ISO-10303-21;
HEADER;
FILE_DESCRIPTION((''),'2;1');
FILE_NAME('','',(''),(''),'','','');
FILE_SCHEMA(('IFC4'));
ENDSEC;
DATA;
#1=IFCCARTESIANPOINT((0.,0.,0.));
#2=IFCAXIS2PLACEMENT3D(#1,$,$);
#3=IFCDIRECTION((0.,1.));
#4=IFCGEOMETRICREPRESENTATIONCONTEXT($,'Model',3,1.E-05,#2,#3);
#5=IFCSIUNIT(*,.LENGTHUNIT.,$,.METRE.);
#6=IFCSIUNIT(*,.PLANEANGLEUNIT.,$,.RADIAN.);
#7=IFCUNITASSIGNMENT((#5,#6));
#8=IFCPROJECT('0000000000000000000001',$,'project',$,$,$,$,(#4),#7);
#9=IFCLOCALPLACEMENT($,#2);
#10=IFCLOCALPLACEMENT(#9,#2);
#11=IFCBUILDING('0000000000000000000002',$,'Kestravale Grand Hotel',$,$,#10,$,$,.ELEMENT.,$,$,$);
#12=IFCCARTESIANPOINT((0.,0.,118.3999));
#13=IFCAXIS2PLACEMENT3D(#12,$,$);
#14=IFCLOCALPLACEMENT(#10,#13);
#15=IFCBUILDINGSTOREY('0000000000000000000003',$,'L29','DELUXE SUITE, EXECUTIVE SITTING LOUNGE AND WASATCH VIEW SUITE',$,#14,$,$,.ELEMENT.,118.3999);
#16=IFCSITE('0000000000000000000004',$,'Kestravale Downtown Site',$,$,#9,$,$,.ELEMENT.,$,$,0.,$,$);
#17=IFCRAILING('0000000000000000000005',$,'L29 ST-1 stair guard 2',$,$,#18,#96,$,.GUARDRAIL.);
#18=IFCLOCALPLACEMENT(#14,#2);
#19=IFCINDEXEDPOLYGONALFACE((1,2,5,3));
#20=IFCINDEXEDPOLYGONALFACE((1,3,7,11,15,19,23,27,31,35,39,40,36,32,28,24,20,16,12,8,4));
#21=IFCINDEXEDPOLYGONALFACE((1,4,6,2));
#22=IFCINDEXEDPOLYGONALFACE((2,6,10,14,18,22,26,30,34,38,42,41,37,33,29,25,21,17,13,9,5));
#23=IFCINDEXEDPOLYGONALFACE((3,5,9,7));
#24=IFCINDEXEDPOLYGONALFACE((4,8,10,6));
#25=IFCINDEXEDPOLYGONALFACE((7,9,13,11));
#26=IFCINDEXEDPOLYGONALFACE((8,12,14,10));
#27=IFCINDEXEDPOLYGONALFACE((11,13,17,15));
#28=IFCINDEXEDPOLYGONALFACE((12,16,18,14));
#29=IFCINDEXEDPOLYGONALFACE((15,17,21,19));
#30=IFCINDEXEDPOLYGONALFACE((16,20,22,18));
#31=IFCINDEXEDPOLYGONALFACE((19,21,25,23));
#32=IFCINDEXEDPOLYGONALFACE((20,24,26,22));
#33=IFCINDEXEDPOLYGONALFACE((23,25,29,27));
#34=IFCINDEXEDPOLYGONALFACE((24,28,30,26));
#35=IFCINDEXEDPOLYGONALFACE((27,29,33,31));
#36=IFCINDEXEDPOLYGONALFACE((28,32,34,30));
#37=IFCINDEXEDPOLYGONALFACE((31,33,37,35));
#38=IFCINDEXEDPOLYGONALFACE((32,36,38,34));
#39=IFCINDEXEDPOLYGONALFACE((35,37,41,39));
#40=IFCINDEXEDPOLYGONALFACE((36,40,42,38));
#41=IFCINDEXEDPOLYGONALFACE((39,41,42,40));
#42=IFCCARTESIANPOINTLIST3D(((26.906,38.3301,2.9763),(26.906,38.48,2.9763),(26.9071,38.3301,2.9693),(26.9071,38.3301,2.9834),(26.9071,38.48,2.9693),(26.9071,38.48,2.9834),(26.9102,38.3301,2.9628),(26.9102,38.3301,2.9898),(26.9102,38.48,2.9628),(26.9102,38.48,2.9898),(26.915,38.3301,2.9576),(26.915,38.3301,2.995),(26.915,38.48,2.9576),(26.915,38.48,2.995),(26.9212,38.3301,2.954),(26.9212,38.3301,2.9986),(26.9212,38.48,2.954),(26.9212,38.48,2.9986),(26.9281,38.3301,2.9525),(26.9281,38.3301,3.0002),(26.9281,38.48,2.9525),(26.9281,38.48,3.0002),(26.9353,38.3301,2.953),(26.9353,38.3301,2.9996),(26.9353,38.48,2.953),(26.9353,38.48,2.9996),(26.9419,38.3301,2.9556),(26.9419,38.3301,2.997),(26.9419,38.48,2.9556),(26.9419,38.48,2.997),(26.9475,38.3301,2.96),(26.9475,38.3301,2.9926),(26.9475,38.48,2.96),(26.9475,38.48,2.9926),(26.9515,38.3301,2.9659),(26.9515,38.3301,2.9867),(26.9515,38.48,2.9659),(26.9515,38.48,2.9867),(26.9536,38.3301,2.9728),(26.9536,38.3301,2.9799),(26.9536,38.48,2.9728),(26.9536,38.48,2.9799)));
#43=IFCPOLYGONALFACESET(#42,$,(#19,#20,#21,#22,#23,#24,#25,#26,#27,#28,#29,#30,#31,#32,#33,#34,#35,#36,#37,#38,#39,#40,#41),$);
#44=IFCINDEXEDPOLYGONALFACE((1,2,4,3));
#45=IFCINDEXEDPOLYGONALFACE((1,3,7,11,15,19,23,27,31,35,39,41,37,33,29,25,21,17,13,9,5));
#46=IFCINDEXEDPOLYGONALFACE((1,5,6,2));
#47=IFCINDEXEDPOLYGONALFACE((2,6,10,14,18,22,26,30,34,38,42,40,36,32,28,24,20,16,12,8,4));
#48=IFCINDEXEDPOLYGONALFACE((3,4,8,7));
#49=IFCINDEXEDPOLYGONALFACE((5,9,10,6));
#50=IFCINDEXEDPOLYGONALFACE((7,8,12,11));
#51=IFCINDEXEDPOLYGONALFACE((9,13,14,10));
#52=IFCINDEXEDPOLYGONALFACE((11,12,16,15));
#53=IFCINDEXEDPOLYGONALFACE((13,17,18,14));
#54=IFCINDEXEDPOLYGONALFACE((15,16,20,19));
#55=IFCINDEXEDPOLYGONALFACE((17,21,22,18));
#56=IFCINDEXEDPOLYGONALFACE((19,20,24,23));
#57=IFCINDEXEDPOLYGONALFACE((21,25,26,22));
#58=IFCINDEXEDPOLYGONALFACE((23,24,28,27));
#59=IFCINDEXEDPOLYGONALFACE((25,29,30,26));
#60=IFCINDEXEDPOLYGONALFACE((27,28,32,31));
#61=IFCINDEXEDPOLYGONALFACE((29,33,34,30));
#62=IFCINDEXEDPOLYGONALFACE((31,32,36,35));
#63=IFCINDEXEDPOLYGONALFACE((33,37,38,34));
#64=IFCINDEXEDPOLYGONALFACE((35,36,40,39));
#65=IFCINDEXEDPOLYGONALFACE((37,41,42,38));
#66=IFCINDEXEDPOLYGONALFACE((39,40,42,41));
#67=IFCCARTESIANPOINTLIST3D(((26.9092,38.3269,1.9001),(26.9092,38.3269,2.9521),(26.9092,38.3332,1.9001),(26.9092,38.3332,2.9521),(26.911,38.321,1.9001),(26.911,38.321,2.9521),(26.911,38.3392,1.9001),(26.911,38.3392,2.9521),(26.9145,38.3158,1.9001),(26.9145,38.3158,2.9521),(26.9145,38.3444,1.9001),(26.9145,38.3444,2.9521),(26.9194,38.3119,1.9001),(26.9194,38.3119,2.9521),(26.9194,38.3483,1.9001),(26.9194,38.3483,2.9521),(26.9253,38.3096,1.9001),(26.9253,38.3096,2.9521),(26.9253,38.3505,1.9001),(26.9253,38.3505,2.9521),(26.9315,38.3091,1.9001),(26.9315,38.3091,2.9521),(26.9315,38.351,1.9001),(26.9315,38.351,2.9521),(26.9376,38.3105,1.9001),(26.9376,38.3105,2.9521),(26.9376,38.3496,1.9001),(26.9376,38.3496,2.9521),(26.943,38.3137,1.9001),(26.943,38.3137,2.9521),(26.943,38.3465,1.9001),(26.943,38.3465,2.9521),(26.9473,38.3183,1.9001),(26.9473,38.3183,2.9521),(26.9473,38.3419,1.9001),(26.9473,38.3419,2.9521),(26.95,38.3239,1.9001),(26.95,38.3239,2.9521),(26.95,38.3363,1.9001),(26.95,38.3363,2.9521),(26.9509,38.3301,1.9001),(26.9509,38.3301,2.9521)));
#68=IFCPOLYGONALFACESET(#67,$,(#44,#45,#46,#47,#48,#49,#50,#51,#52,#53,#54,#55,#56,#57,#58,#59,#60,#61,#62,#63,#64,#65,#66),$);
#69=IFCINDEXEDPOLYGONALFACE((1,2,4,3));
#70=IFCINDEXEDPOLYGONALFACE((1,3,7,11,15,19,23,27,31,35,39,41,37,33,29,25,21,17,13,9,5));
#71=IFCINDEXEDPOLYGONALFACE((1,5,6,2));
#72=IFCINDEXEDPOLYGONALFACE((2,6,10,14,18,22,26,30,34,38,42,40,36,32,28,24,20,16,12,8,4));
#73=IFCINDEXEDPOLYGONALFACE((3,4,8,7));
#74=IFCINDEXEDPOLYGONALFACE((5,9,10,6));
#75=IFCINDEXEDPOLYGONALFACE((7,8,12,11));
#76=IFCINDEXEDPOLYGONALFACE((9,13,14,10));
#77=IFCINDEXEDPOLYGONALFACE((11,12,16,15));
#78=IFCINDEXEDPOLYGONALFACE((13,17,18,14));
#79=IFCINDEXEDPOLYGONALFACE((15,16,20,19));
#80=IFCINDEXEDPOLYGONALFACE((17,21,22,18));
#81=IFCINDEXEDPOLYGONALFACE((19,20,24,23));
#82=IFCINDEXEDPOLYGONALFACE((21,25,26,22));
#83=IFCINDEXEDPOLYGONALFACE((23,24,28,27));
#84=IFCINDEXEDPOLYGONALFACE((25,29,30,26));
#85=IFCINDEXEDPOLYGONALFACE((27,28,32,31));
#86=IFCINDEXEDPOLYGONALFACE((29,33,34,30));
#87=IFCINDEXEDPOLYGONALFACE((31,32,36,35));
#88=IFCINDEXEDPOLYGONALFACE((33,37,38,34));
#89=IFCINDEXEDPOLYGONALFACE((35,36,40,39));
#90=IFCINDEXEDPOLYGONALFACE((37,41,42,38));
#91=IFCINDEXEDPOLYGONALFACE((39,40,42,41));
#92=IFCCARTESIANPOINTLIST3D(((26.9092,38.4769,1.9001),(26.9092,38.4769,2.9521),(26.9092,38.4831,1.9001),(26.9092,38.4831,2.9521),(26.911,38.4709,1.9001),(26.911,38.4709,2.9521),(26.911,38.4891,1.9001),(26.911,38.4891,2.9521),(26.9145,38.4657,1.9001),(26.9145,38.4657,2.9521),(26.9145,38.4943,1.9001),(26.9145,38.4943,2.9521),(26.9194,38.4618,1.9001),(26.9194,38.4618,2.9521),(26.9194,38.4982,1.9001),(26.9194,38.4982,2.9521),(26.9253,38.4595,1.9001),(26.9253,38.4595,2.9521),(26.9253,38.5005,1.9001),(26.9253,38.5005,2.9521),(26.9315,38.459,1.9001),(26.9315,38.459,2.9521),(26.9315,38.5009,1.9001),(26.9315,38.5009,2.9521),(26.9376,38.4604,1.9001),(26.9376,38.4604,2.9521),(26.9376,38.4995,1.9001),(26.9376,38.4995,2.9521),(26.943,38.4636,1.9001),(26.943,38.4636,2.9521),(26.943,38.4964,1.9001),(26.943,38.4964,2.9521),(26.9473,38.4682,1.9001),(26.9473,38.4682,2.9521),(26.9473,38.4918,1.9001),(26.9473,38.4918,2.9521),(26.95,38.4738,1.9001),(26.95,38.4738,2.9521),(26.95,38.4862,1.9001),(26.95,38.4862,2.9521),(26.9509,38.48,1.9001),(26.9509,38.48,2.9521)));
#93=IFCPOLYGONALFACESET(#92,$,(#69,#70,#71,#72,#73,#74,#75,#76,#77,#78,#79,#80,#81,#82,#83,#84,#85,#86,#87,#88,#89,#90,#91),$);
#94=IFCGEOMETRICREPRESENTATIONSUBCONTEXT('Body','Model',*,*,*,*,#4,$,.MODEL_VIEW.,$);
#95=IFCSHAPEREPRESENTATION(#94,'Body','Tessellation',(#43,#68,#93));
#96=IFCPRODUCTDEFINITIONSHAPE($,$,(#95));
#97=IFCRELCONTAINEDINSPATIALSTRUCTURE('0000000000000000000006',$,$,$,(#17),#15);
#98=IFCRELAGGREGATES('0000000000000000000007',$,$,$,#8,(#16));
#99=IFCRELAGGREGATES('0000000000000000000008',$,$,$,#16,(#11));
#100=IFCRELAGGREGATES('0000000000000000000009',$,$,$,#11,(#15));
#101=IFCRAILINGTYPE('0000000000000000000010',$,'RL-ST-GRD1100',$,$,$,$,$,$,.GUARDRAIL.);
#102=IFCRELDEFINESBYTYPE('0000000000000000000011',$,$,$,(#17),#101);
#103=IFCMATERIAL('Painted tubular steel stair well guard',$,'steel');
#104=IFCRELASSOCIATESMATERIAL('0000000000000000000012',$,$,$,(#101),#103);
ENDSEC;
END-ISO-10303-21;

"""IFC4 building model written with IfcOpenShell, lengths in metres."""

from ifc_helpers import new_model, si_unit, direction, frame, origin, origin_2d, place, context, subcontext, project, spatial, circle, extrude, material, type_object, element, save


model = new_model("IFC4")

# Units and contexts
model_context = context("Model", 3, precision=1e-05, world=origin(), true_north=direction((0.0, 1.0)))
body_context = subcontext(model_context, "Body", "Model", "MODEL_VIEW")
ifc_project = project(units=[si_unit("LENGTHUNIT", "METRE"), si_unit("PLANEANGLEUNIT", "RADIAN")], contexts=[model_context])

# Site, building, storey
site_placement = place(None, origin())
site = spatial("IfcSite", under=ifc_project, at=site_placement, Name="Kestravale Downtown Site", CompositionType="ELEMENT", RefElevation=0.0)
building_placement = place(site_placement, origin())
building = spatial("IfcBuilding", under=site, at=building_placement, Name="Kestravale Grand Hotel", CompositionType="ELEMENT")
storey_placement = place(building_placement, frame((0.0, 0.0, 118.3999)))
storey = spatial("IfcBuildingStorey", under=building, at=storey_placement, Name="L29", Description="DELUXE SUITE, EXECUTIVE SITTING LOUNGE AND WASATCH VIEW SUITE", CompositionType="ELEMENT", Elevation=118.3999)

# Railing
ifc_material_1 = material(Name="Painted tubular steel stair well guard", Category="steel")
railing_type_1 = type_object("IfcRailingType", Name="RL-ST-GRD1100", PredefinedType="GUARDRAIL", material=ifc_material_1)
railing_1_placement = place(storey_placement, frame((26.9299, 38.3301, 1.9001)))
element("IfcRailing", 1, at=railing_1_placement, inside=storey, type_object=railing_type_1, Name="L29 ST-1 stair guard 2", PredefinedType="GUARDRAIL", context=body_context, shape_type="SweptSolid", body=[
    extrude(circle(Radius=0.0239, at=origin_2d()), frame((0.0, 0.0, 1.0762), z_axis=(0.0, 1.0, 0.0), x_axis=(-1.0, 0.0, 0.0)), (0.0, 0.0, 1.0), 0.1499),
    extrude(circle(Radius=0.021, at=origin_2d()), origin(), (0.0, 0.0, 1.0), 1.052),
    extrude(circle(Radius=0.021, at=origin_2d()), frame((0.0, 0.1499, 0.0)), (0.0, 0.0, 1.0), 1.052),
])

save(model, "model.ifc")
